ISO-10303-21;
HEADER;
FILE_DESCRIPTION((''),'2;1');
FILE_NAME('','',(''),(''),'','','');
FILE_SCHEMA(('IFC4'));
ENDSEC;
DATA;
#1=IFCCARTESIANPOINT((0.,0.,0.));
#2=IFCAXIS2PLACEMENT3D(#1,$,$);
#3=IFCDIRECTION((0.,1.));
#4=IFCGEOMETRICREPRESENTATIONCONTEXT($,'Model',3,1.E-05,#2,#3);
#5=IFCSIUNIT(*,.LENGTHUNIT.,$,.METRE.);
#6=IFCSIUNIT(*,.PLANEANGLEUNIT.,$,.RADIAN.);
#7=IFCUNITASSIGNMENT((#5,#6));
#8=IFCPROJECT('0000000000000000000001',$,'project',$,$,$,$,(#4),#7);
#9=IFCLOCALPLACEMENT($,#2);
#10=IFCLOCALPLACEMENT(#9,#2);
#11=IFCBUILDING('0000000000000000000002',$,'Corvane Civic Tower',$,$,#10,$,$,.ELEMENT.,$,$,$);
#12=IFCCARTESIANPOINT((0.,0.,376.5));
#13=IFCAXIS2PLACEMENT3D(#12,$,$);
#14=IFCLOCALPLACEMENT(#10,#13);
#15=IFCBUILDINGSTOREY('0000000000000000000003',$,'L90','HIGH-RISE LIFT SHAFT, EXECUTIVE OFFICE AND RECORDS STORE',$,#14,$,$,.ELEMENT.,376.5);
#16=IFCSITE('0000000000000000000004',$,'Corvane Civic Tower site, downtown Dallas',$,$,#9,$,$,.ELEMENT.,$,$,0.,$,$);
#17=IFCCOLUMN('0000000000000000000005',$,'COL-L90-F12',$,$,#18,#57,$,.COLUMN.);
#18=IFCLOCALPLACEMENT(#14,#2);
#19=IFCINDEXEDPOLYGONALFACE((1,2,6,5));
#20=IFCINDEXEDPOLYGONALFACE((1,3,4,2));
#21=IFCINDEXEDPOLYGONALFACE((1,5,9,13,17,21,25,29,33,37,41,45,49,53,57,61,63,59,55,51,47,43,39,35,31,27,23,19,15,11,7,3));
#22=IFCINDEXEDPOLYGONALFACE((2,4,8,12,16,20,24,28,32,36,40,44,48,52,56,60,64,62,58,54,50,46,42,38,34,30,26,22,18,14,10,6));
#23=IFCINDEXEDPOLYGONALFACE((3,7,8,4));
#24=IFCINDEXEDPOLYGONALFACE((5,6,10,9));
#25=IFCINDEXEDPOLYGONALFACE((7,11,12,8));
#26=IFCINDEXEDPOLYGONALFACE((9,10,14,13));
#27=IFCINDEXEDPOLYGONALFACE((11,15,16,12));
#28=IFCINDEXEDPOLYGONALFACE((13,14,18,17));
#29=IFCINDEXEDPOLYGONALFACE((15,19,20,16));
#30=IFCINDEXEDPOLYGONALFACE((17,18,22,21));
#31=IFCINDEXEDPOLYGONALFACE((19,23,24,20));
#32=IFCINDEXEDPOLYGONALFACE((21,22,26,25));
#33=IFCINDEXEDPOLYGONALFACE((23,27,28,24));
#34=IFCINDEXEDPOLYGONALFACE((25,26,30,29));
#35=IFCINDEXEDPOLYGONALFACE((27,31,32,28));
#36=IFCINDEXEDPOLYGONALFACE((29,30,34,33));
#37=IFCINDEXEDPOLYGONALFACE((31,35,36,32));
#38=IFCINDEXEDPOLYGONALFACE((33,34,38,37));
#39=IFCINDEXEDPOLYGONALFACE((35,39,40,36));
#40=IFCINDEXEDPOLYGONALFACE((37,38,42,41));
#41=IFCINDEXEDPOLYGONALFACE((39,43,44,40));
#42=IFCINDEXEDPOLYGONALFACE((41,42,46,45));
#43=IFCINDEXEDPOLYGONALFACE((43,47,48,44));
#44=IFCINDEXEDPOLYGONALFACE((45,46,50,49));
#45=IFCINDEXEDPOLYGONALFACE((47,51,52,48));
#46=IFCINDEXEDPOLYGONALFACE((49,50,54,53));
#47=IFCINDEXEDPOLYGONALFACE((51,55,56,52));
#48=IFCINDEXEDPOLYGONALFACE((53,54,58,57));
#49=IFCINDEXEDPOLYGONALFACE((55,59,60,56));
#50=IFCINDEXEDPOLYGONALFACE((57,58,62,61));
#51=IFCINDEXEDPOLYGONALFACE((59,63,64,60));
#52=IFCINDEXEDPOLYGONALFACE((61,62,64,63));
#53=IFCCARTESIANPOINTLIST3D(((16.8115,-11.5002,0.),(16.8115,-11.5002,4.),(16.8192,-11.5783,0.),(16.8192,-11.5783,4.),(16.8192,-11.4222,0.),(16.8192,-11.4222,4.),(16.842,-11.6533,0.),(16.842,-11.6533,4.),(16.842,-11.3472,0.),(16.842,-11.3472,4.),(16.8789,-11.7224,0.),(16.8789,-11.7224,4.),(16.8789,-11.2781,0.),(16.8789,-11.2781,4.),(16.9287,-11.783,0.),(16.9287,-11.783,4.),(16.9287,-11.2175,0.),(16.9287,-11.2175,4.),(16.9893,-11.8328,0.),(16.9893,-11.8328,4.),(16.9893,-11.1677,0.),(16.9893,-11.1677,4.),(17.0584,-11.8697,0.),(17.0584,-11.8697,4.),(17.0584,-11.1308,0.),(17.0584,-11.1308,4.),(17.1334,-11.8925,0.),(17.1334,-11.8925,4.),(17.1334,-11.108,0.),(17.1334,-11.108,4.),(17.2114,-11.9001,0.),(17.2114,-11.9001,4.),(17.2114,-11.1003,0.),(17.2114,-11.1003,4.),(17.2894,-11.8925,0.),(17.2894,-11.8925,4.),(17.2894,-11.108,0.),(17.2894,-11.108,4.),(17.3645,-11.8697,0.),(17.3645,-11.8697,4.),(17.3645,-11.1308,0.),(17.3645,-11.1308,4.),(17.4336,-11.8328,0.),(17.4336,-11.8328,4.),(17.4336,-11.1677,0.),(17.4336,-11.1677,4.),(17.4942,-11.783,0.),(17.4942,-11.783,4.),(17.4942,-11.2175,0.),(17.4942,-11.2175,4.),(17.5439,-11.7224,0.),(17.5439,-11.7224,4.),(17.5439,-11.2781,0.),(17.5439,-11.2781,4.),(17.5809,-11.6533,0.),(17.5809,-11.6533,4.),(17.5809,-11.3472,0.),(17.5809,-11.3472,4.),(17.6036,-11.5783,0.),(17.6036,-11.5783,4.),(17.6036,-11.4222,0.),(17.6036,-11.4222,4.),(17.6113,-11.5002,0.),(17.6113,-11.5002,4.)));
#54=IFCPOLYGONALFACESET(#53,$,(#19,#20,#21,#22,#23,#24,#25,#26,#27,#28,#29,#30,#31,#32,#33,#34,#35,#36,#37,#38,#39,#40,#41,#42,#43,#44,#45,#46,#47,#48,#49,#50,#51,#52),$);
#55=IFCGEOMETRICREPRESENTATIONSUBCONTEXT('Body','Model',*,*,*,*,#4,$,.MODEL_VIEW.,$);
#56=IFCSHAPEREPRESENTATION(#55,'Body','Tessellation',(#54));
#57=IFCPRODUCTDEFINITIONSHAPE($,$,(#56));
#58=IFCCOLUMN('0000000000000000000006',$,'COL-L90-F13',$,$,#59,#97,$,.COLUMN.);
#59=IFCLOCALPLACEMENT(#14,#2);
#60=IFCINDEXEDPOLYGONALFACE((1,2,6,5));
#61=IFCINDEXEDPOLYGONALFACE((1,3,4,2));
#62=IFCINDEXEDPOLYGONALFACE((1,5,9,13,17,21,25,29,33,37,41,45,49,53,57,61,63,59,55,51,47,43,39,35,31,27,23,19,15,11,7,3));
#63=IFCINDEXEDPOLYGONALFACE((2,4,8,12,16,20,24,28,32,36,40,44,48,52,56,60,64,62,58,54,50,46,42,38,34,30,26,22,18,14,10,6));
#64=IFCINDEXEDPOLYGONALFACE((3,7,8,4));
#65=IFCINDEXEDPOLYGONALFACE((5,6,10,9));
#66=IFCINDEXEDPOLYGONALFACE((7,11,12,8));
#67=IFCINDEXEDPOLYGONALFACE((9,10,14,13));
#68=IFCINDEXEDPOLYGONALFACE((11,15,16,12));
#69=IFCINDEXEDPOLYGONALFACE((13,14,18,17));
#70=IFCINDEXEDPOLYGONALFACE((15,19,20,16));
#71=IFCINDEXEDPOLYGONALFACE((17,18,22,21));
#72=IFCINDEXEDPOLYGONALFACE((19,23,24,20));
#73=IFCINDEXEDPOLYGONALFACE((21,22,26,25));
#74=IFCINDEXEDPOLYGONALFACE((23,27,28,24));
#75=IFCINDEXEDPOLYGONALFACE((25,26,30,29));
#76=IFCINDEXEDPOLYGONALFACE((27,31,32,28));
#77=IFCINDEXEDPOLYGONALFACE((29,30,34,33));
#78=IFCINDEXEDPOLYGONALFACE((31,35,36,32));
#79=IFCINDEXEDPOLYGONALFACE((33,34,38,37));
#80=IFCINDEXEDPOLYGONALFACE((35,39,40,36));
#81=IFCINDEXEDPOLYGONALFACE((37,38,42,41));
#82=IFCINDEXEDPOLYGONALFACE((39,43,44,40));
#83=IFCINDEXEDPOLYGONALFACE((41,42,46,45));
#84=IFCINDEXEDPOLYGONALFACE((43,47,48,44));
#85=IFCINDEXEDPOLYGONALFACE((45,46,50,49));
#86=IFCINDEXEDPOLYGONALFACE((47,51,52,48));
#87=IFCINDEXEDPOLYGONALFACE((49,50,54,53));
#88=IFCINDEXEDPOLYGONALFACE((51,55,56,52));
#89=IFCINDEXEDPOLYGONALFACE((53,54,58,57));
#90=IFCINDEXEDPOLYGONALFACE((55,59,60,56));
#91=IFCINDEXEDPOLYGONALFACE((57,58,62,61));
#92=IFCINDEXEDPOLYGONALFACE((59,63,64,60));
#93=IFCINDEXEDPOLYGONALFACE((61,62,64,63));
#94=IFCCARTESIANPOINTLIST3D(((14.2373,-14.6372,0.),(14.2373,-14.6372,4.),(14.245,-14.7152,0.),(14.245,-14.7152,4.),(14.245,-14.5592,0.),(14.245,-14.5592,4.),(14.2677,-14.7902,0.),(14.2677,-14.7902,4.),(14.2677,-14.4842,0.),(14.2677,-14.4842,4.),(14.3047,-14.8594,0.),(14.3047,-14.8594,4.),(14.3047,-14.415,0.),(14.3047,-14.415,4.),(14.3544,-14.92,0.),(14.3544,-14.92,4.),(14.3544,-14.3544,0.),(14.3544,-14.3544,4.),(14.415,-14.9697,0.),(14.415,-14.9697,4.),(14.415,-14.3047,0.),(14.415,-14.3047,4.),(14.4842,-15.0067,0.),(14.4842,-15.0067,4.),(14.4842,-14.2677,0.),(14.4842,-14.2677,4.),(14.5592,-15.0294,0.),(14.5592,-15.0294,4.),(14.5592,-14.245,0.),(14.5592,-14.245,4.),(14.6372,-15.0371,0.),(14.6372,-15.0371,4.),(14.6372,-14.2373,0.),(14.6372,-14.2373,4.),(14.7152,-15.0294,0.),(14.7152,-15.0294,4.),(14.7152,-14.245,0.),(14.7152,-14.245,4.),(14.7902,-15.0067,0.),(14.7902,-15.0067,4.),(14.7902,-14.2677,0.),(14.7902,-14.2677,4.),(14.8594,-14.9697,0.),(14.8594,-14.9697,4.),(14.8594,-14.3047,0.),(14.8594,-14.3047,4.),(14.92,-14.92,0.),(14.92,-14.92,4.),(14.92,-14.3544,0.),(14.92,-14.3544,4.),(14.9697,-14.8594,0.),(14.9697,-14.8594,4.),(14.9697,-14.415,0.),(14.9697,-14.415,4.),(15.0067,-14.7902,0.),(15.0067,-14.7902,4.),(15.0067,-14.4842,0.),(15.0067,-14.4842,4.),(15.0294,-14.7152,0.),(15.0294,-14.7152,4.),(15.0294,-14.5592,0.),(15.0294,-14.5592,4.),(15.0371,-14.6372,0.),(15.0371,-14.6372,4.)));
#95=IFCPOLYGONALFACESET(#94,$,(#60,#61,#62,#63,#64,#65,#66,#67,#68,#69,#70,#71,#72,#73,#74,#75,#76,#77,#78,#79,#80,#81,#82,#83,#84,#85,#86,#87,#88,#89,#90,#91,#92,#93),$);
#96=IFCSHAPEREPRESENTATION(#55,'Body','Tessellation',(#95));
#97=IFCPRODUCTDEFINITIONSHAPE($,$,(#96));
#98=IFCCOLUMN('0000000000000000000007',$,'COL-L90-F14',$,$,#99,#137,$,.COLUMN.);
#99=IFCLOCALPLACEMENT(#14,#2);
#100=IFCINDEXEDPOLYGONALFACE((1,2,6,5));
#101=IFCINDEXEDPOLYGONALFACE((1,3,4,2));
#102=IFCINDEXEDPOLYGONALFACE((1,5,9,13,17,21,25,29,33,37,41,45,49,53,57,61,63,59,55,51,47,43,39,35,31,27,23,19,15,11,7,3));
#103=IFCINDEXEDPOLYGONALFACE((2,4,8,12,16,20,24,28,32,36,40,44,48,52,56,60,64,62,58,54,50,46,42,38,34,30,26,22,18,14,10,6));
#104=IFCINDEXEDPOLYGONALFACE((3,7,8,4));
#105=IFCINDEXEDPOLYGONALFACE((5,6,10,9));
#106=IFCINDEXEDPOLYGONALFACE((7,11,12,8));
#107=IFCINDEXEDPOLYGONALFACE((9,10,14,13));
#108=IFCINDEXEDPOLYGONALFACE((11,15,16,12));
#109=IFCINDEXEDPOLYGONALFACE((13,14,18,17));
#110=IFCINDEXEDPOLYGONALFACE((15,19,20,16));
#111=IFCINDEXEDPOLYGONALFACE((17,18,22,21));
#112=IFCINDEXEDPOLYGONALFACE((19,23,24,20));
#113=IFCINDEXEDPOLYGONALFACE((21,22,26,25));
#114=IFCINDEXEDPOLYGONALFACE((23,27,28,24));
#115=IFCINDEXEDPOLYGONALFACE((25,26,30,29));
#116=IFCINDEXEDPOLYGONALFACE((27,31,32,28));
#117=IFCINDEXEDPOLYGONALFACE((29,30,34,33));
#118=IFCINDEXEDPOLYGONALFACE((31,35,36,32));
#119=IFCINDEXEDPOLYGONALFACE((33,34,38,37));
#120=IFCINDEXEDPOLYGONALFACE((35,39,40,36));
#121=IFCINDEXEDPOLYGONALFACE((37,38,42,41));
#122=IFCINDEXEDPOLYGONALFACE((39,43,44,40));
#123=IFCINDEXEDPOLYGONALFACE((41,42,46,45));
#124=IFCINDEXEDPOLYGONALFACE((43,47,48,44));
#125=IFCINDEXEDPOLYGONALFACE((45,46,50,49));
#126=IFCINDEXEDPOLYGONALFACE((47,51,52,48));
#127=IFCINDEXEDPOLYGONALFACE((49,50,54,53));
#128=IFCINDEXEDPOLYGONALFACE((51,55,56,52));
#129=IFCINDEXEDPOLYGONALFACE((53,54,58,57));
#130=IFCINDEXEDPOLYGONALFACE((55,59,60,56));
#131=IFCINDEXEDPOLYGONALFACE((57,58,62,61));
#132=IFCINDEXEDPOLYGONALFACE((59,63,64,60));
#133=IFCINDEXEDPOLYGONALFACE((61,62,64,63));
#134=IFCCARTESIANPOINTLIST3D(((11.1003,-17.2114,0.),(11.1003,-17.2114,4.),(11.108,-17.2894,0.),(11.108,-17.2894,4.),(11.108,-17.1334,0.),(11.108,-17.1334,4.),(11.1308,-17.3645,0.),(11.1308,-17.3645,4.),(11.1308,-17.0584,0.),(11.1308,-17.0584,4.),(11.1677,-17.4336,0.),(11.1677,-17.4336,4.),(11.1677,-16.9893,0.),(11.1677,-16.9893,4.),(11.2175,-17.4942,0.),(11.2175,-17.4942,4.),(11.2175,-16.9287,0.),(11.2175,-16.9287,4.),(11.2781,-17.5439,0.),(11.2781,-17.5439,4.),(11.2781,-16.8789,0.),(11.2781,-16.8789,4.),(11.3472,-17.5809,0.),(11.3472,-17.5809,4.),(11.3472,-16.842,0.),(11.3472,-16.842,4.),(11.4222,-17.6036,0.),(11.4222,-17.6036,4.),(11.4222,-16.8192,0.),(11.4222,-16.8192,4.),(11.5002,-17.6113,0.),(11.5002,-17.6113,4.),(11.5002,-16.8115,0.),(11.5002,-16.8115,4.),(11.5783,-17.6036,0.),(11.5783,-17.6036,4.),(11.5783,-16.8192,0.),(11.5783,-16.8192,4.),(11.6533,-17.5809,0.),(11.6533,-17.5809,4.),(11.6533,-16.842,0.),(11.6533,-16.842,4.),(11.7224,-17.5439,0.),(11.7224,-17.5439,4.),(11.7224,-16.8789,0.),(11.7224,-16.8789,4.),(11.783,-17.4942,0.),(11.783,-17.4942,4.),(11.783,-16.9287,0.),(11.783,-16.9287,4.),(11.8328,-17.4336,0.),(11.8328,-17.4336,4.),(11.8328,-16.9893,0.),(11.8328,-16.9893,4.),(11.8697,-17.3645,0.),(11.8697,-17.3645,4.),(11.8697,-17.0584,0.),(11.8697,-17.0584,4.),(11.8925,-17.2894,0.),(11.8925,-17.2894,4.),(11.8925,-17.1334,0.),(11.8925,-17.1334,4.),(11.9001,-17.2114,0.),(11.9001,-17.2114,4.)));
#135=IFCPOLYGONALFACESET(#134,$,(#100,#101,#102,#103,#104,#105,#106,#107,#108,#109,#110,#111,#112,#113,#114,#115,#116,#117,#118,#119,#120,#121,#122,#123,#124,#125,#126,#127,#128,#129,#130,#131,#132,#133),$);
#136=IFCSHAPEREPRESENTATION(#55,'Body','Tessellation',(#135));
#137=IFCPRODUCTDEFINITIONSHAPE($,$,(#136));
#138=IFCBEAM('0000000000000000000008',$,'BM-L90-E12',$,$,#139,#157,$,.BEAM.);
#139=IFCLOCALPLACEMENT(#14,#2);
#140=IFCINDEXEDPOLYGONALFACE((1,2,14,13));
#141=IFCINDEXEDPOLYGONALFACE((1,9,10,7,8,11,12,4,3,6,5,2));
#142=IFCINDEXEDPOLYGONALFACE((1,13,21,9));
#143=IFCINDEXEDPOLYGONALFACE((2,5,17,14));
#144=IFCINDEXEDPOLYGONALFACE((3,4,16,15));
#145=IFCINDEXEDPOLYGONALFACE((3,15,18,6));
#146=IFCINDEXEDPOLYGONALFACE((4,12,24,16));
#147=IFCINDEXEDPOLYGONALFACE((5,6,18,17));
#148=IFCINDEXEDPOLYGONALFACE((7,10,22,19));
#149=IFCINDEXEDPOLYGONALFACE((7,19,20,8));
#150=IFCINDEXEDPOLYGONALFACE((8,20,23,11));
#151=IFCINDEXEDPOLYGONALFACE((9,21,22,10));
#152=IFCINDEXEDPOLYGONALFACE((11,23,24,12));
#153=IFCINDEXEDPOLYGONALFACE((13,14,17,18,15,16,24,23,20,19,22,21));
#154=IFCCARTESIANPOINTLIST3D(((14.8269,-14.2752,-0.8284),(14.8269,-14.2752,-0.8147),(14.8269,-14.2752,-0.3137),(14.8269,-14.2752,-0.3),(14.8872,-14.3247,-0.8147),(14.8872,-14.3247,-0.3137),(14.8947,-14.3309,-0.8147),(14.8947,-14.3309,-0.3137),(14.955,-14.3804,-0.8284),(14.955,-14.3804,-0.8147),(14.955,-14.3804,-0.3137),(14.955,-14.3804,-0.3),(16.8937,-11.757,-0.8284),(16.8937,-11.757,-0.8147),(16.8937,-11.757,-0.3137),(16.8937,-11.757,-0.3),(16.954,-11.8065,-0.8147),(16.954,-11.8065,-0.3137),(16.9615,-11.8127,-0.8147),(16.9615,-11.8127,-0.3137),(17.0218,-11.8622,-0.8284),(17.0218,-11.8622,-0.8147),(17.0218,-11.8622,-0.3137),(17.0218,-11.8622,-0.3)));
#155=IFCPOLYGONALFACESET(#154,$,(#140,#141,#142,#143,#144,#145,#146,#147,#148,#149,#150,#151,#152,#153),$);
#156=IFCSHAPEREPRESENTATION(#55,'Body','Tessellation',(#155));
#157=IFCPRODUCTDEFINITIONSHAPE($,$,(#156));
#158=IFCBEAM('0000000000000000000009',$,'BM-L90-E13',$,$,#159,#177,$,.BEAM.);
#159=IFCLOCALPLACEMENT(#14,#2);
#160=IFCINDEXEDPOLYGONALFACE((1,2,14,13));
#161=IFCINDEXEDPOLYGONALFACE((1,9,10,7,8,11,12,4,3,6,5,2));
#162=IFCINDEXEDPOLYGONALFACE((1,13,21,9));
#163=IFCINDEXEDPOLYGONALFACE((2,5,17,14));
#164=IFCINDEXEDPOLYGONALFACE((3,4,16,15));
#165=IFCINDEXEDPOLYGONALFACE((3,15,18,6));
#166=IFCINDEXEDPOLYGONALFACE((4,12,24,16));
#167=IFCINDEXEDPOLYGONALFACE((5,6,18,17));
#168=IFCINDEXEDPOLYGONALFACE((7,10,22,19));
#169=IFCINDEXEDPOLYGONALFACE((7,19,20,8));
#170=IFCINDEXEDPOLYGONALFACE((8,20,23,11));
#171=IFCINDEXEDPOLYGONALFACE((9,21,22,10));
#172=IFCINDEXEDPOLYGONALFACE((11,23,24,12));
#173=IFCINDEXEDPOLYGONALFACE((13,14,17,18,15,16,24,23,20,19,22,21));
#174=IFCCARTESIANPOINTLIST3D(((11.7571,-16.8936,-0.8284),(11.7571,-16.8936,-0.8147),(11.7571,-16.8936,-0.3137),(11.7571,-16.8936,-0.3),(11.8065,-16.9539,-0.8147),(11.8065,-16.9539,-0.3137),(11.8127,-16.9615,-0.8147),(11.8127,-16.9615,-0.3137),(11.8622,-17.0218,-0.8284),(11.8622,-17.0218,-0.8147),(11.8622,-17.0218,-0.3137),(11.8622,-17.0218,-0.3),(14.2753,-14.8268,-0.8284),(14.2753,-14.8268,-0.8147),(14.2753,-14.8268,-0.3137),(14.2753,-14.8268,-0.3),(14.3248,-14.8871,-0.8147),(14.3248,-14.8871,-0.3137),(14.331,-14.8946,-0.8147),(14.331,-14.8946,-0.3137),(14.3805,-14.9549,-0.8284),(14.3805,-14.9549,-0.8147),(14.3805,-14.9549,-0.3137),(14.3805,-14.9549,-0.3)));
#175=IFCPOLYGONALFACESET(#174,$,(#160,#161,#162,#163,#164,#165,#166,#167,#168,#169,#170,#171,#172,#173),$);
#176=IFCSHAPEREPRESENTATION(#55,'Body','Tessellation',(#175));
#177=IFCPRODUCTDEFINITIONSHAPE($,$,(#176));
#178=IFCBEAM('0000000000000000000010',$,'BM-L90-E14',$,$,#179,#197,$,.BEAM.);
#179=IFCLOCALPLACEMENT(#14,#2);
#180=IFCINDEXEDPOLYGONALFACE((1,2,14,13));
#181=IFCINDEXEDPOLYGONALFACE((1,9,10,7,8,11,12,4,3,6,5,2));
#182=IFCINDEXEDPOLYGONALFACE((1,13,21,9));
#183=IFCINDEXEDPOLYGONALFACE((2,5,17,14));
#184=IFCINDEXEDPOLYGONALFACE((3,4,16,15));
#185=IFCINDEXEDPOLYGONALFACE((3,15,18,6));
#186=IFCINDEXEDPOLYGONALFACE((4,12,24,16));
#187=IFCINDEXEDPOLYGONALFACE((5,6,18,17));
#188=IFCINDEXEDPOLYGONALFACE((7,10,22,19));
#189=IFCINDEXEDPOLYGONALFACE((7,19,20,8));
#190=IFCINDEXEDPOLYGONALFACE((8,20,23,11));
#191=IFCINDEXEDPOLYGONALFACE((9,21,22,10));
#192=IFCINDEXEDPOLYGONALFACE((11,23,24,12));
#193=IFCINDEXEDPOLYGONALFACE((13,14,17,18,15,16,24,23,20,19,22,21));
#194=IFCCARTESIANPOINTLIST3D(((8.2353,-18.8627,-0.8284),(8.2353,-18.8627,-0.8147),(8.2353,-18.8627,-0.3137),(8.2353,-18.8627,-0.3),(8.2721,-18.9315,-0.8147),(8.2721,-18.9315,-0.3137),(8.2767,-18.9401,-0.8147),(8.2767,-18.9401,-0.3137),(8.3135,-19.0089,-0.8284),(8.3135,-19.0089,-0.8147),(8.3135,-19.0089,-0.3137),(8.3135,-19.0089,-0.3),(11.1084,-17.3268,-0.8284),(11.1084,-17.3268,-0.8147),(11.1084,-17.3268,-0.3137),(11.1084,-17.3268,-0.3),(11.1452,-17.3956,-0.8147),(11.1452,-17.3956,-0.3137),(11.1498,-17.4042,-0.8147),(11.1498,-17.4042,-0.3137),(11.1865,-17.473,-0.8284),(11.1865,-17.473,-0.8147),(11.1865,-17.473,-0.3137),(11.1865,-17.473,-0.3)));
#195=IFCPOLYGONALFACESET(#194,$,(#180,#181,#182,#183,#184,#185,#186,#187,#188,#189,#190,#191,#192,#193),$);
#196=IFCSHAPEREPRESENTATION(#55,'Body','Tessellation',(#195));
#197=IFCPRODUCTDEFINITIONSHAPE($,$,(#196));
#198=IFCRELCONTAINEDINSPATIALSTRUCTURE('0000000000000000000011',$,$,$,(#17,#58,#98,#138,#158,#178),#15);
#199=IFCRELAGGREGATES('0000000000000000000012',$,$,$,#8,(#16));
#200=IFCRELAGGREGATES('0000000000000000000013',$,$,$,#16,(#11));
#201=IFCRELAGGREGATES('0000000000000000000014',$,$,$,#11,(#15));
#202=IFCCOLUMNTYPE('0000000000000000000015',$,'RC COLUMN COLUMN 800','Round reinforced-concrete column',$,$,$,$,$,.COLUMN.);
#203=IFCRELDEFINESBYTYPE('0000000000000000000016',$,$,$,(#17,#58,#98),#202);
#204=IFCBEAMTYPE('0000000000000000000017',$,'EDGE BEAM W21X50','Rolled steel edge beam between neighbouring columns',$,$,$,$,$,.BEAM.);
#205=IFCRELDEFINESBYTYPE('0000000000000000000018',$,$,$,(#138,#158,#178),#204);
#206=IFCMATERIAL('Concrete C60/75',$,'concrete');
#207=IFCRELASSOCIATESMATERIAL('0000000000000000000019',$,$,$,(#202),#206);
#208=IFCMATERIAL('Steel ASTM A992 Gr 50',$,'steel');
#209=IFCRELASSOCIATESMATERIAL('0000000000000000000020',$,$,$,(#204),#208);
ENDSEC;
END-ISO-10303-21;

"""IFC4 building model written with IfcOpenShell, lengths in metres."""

from ifc_helpers import new_model, si_unit, direction, frame, origin, origin_2d, place, context, subcontext, project, spatial, circle, i_section, extrude, material, material_profile, profile_set, type_object, element, save


model = new_model("IFC4")

# Units and contexts
model_context = context("Model", 3, precision=1e-05, world=origin(), true_north=direction((0.0, 1.0)))
body_context = subcontext(model_context, "Body", "Model", "MODEL_VIEW")
ifc_project = project(units=[si_unit("LENGTHUNIT", "METRE"), si_unit("PLANEANGLEUNIT", "RADIAN")], contexts=[model_context])

# Site, building, storey
site_placement = place(None, origin())
site = spatial("IfcSite", under=ifc_project, at=site_placement, Name="Corvane Civic Tower site, downtown Dallas", CompositionType="ELEMENT", RefElevation=0.0)
building_placement = place(site_placement, origin())
building = spatial("IfcBuilding", under=site, at=building_placement, Name="Corvane Civic Tower", CompositionType="ELEMENT")
storey_placement = place(building_placement, frame((0.0, 0.0, 376.5)))
storey = spatial("IfcBuildingStorey", under=building, at=storey_placement, Name="L90", Description="HIGH-RISE LIFT SHAFT, EXECUTIVE OFFICE AND RECORDS STORE", CompositionType="ELEMENT", Elevation=376.5)

# Columns
ifc_material_1 = material(Name="Concrete C60/75", Category="concrete")
ifc_material_profile_1 = material_profile(ifc_material_1, circle(Radius=0.3999, at=origin_2d()), Name="COLUMN 800")
ifc_profile_set_1 = profile_set([ifc_material_profile_1], Name="Concrete C60/75")
column_type = type_object("IfcColumnType", Name="RC COLUMN COLUMN 800", Description="Round reinforced-concrete column", PredefinedType="COLUMN", material=ifc_profile_set_1)
for number, where, z_axis, x_axis, name in (
    (1, (17.2114, -11.5002, 0.0), (0.0, 0.0, 1.0), (1.0, 0.0, 0.0), "COL-L90-F12"),
    (2, (14.6372, -14.6372, 0.0), (0.0, 0.0, 1.0), (1.0, 0.0, 0.0), "COL-L90-F13"),
    (3, (11.5002, -17.2114, 0.0), (0.0, 0.0, 1.0), (1.0, 0.0, 0.0), "COL-L90-F14"),
):
    element("IfcColumn", number, at=place(storey_placement, frame(where, z_axis=z_axis, x_axis=x_axis)), inside=storey, type_object=column_type, Name=name, PredefinedType="COLUMN", context=body_context, shape_type="SweptSolid", body=[
        extrude(circle(Radius=0.3999, at=origin_2d()), origin(), (0.0, 0.0, 1.0), 4.0),
    ])

# Beams
ifc_material_2 = material(Name="Steel ASTM A992 Gr 50", Category="steel")
ifc_material_profile_2 = material_profile(ifc_material_2, i_section(OverallWidth=0.1658, OverallDepth=0.5283, WebThickness=0.0098, FlangeThickness=0.0137, at=origin_2d()), Name="W21X50")
ifc_profile_set_2 = profile_set([ifc_material_profile_2], Name="Steel ASTM A992 Gr 50")
beam_type_1 = type_object("IfcBeamType", Name="EDGE BEAM W21X50", Description="Rolled steel edge beam between neighbouring columns", PredefinedType="BEAM", material=ifc_profile_set_2)
for number, where, z_axis, x_axis, name in (
    (4, (16.9578, -11.8096, -0.5642), (-0.634425, -0.772985, 0.0), (0.772985, -0.634425, 0.0), "BM-L90-E12"),
    (5, (14.3279, -14.8909, -0.5642), (-0.772985, -0.634425, 0.0), (0.634425, -0.772985, 0.0), "BM-L90-E13"),
    (6, (11.1475, -17.3999, -0.5642), (-0.881894, -0.471448, 0.0), (0.471448, -0.881894, 0.0), "BM-L90-E14"),
):
    element("IfcBeam", number, at=place(storey_placement, frame(where, z_axis=z_axis, x_axis=x_axis)), inside=storey, type_object=beam_type_1, Name=name, PredefinedType="BEAM", context=body_context, shape_type="SweptSolid", body=[
        extrude(i_section(OverallWidth=0.1658, OverallDepth=0.5283, WebThickness=0.0098, FlangeThickness=0.0137, at=origin_2d()), origin(), (0.0, 0.0, 1.0), 3.2578),
    ])

save(model, "model.ifc")
